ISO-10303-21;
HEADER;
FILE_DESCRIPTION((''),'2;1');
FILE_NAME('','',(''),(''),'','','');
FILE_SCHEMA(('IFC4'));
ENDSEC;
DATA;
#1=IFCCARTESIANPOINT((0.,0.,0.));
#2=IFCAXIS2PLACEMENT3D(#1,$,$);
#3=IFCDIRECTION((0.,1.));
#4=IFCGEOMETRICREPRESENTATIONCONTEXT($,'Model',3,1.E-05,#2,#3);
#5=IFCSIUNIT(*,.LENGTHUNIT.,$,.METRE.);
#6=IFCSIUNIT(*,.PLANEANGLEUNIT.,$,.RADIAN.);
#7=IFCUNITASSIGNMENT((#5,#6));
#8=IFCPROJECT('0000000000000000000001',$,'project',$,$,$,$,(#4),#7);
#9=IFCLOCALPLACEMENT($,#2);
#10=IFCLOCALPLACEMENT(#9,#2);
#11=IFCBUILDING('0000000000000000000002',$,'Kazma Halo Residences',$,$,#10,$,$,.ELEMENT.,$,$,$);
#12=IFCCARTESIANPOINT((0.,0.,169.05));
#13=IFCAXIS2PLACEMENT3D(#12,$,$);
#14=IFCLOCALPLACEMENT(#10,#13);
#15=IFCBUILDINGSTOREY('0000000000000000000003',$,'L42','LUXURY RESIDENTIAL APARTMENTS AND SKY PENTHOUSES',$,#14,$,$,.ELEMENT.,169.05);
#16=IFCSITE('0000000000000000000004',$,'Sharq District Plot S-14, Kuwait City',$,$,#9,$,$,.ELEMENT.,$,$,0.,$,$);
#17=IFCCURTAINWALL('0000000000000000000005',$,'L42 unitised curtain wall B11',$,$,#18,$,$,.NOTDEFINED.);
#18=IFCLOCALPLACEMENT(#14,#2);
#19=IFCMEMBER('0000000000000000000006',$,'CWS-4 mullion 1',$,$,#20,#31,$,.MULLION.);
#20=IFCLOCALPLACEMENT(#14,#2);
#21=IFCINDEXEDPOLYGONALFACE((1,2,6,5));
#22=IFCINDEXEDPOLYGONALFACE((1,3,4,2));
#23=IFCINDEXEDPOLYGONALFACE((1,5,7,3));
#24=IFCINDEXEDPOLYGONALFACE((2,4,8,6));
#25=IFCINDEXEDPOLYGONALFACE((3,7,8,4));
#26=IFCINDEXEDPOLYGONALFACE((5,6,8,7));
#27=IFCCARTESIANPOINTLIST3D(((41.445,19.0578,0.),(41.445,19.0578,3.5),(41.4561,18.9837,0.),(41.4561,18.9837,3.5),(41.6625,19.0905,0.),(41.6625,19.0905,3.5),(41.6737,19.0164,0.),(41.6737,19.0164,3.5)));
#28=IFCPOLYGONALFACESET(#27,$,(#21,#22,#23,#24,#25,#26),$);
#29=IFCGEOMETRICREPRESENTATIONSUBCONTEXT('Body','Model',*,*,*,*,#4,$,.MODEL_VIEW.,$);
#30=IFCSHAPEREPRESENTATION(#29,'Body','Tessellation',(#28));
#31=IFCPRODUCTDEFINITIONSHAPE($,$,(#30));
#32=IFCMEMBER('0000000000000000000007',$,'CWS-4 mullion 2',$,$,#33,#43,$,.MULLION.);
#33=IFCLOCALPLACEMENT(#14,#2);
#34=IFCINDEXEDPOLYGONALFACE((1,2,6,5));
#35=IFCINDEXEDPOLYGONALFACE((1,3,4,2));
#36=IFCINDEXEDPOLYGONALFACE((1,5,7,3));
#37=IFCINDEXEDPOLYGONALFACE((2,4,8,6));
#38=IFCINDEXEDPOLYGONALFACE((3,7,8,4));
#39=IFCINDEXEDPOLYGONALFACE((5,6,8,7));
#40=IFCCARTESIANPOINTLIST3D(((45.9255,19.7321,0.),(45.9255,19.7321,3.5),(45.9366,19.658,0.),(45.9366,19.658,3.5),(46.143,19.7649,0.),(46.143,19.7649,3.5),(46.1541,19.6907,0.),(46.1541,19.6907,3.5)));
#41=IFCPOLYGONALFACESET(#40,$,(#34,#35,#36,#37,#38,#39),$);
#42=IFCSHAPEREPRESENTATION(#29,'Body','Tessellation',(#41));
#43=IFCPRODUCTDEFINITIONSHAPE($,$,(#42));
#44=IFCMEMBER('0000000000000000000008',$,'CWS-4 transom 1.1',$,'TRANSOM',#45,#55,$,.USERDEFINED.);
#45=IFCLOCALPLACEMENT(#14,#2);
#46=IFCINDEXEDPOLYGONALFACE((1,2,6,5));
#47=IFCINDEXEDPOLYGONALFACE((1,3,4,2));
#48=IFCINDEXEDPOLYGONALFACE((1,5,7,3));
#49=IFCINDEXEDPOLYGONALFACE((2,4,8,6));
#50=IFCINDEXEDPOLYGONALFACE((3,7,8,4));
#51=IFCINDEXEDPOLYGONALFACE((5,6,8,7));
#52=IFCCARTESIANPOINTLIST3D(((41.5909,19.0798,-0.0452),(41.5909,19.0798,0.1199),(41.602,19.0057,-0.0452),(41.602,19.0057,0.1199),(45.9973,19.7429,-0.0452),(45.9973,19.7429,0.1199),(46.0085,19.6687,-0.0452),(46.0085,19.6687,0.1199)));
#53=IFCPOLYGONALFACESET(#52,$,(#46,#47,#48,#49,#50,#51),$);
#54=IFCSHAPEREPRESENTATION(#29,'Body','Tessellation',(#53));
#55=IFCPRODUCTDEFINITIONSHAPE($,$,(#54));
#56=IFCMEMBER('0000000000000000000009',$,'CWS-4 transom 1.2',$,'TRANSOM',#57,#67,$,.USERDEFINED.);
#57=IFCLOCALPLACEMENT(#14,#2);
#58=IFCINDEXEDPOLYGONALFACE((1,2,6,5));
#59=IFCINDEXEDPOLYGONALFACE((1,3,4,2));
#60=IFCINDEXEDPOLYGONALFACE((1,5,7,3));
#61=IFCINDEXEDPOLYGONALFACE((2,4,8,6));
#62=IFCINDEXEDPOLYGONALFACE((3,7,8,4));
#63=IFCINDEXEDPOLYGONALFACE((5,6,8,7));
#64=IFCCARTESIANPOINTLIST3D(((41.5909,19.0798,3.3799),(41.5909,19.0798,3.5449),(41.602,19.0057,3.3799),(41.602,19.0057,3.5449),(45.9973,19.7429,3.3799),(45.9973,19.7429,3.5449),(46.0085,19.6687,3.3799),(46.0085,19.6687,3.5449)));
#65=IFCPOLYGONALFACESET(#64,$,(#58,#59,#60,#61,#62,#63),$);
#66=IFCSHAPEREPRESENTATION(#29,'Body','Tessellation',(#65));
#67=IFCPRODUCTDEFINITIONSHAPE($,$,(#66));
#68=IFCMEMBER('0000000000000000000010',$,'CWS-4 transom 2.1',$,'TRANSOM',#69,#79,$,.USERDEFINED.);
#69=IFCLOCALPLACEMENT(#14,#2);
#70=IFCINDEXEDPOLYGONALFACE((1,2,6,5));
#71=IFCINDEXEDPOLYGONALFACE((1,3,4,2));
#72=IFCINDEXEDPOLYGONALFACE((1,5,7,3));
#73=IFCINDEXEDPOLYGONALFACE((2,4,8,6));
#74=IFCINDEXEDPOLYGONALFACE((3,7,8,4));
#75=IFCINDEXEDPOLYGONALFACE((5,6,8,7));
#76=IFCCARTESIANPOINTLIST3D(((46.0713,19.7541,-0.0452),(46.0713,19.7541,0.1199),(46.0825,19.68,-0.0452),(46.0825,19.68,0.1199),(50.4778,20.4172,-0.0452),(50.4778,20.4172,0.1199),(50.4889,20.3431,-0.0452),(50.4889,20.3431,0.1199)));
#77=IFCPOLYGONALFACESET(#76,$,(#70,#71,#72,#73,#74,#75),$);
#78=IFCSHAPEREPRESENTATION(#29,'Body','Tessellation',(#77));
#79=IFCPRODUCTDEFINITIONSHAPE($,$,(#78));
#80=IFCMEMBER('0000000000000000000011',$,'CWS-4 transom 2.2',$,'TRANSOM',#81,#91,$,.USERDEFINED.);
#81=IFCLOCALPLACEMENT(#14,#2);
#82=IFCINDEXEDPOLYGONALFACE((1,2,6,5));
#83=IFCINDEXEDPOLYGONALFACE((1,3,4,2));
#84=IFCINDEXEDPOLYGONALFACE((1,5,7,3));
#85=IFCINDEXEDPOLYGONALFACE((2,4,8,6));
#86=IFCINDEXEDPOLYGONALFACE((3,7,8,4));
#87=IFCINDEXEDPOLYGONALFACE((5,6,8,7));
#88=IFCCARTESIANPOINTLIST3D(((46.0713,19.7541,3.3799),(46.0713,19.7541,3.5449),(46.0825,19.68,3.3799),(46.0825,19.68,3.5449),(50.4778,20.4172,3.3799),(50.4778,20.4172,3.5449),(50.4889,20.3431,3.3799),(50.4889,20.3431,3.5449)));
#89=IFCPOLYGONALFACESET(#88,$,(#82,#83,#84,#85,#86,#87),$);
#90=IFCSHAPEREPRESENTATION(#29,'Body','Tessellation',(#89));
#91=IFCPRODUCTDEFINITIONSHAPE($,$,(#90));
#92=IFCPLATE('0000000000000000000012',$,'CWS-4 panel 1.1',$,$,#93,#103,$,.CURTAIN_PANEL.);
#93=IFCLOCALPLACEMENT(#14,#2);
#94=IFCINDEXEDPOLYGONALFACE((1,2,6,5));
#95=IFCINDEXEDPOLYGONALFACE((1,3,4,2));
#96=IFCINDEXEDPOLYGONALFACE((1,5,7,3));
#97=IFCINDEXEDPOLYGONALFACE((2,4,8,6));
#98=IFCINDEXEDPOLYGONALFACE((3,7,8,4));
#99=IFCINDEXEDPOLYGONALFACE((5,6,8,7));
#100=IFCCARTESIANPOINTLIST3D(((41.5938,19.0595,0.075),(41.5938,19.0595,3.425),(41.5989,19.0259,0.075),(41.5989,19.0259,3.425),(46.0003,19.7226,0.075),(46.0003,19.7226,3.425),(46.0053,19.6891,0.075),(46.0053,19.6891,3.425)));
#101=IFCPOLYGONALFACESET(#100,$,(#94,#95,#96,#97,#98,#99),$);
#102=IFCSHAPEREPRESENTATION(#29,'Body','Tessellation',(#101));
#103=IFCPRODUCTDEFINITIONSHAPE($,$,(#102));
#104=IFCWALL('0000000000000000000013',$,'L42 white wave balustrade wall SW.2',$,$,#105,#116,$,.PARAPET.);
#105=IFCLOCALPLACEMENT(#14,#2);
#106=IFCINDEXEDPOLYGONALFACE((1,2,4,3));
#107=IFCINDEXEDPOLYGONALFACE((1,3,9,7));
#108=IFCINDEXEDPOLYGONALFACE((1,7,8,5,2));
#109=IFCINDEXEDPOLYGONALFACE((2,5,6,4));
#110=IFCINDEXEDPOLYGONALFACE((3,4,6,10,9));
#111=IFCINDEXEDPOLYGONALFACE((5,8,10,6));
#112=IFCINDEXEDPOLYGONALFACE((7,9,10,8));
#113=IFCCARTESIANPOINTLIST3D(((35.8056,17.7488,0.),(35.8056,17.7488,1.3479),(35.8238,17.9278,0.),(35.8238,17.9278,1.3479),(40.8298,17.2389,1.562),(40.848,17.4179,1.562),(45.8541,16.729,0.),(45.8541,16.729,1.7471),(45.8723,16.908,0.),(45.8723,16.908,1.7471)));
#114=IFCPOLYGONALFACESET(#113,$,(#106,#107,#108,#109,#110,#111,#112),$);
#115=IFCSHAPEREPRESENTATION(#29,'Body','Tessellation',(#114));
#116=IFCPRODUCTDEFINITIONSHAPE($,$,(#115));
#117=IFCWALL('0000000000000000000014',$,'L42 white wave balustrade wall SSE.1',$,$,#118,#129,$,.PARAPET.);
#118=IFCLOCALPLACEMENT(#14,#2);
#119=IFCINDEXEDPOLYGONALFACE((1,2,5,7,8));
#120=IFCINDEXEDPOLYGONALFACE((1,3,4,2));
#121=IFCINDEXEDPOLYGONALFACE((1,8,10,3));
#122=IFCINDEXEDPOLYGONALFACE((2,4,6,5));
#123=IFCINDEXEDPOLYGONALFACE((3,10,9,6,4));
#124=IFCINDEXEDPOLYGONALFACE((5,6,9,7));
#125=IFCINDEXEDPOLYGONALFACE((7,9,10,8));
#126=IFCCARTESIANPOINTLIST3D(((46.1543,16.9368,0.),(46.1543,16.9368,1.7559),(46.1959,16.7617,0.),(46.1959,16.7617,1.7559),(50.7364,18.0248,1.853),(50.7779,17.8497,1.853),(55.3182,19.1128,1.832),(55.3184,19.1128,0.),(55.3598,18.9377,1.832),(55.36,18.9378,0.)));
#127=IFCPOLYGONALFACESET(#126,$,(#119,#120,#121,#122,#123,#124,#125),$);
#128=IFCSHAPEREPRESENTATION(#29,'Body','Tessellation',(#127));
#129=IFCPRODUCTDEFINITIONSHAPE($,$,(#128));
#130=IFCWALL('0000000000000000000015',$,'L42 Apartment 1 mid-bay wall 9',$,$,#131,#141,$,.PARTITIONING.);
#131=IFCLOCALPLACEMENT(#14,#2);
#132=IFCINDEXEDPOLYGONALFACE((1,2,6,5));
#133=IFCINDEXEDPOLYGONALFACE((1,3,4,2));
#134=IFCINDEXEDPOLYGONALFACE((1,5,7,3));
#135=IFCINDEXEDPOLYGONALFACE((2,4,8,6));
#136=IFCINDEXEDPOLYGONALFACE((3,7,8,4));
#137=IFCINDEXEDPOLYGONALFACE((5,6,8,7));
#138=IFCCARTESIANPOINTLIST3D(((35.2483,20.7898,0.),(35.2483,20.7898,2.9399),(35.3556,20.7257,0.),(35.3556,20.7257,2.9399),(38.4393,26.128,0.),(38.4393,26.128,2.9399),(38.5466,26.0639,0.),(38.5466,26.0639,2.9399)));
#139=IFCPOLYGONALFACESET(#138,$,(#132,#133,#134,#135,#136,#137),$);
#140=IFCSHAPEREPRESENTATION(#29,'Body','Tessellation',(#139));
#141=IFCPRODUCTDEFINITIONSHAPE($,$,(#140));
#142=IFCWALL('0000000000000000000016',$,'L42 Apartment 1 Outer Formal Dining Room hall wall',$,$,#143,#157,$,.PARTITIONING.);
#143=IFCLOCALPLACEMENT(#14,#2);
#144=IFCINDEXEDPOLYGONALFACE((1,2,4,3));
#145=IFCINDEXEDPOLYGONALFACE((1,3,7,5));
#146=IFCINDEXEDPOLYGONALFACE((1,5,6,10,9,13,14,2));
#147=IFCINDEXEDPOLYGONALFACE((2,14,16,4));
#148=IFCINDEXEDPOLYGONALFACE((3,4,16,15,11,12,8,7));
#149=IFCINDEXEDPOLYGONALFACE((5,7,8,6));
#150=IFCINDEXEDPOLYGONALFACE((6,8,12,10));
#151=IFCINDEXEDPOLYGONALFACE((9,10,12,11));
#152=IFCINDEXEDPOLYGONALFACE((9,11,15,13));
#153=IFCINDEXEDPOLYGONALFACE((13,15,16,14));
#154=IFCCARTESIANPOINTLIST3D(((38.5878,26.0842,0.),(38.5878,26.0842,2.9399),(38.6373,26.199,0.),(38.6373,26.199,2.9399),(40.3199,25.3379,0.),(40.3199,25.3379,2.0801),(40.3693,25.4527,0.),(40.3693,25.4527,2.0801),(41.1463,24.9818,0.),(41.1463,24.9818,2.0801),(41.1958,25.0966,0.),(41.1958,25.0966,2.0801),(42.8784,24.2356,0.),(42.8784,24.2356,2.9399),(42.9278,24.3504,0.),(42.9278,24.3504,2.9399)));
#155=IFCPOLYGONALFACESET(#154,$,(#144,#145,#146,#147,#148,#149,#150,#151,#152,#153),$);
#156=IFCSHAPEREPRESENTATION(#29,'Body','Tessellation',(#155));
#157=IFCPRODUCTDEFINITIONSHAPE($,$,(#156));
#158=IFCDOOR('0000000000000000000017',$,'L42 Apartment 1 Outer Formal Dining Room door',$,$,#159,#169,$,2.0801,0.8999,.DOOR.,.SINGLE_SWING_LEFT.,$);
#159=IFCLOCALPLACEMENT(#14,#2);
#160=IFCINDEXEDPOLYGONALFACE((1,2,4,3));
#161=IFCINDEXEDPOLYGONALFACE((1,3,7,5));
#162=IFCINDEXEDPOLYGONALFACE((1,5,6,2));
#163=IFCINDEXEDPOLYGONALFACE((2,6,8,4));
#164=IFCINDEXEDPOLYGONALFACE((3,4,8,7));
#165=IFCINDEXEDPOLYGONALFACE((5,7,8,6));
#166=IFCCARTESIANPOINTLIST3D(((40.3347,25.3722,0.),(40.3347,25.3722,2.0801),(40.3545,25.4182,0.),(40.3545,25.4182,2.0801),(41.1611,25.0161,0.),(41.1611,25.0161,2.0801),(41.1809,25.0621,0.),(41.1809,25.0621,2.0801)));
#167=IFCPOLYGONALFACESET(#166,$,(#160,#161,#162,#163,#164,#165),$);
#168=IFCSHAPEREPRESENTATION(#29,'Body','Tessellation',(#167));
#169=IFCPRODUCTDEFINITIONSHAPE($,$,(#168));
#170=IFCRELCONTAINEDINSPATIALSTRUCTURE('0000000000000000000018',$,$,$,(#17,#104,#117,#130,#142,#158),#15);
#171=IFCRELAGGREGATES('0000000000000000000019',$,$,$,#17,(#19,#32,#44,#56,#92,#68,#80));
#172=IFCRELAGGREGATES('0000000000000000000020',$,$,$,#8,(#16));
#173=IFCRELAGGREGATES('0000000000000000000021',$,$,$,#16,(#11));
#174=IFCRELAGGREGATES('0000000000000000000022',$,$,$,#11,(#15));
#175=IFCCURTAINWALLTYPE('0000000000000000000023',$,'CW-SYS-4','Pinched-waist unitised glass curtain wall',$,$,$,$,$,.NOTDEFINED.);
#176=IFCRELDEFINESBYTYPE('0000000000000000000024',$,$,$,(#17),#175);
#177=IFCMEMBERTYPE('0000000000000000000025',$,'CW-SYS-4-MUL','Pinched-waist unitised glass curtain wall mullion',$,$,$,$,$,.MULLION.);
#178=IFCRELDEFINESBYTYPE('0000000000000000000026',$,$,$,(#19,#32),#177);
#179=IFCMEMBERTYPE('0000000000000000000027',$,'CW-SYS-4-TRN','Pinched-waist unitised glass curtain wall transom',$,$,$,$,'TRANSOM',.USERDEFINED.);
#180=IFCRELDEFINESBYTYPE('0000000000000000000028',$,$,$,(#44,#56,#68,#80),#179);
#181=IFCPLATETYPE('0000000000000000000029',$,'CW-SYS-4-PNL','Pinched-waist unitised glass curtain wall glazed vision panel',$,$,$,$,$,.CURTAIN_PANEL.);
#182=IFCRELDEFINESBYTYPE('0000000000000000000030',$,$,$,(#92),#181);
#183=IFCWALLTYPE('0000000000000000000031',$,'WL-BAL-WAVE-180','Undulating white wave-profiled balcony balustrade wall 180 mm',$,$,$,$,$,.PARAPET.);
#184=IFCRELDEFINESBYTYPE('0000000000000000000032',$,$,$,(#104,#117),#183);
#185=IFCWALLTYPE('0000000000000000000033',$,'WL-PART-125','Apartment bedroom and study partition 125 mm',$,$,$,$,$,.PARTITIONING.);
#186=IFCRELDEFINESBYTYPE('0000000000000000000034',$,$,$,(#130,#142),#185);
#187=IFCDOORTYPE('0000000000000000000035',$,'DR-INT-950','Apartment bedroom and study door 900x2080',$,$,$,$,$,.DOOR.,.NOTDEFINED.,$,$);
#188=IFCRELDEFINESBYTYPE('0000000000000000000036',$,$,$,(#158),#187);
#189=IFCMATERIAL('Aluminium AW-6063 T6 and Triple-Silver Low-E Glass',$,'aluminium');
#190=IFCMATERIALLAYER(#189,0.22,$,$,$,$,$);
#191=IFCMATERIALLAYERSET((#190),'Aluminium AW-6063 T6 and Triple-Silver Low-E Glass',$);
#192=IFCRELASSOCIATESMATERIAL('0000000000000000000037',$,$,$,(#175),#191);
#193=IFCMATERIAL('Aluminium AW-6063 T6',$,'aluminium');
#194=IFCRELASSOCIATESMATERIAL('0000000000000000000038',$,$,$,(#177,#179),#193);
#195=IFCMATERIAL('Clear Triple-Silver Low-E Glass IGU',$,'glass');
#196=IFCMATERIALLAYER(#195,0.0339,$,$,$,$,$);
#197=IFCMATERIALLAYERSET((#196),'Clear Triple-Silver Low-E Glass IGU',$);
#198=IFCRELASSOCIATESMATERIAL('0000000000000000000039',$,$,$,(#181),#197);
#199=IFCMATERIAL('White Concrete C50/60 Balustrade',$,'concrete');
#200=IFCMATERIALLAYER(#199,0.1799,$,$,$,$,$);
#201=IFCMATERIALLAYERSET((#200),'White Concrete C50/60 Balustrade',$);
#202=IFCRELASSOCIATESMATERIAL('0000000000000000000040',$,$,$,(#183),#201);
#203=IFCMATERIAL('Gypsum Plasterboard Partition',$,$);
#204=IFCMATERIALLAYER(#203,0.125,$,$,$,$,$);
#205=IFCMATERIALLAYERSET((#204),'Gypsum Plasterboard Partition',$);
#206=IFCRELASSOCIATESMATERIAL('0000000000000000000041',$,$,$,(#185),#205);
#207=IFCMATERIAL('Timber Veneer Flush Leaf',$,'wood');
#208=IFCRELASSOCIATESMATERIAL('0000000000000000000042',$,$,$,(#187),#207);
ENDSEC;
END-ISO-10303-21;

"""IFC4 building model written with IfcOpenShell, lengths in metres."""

from ifc_helpers import new_model, si_unit, direction, frame, frame_2d, origin, origin_2d, place, context, subcontext, project, spatial, polyline, rectangle, outline, extrude, material, layer, layer_set, material_profile, profile_set, type_object, element, fill, aggregate, save


model = new_model("IFC4")

# Units and contexts
model_context = context("Model", 3, precision=1e-05, world=origin(), true_north=direction((0.0, 1.0)))
body_context = subcontext(model_context, "Body", "Model", "MODEL_VIEW")
ifc_project = project(units=[si_unit("LENGTHUNIT", "METRE"), si_unit("PLANEANGLEUNIT", "RADIAN")], contexts=[model_context])

# Site, building, storey
site_placement = place(None, origin())
site = spatial("IfcSite", under=ifc_project, at=site_placement, Name="Sharq District Plot S-14, Kuwait City", CompositionType="ELEMENT", RefElevation=0.0)
building_placement = place(site_placement, origin())
building = spatial("IfcBuilding", under=site, at=building_placement, Name="Kazma Halo Residences", CompositionType="ELEMENT")
storey_placement = place(building_placement, frame((0.0, 0.0, 169.05)))
storey = spatial("IfcBuildingStorey", under=building, at=storey_placement, Name="L42", Description="LUXURY RESIDENTIAL APARTMENTS AND SKY PENTHOUSES", CompositionType="ELEMENT", Elevation=169.05)

# Curtain wall, members, plate
ifc_material_1 = material(Name="Aluminium AW-6063 T6 and Triple-Silver Low-E Glass", Category="aluminium")
ifc_layer_1 = layer(ifc_material_1, 0.22)
ifc_layer_set_1 = layer_set([ifc_layer_1], Name="Aluminium AW-6063 T6 and Triple-Silver Low-E Glass")
curtain_wall_type = type_object("IfcCurtainWallType", Name="CW-SYS-4", Description="Pinched-waist unitised glass curtain wall", PredefinedType="NOTDEFINED", material=ifc_layer_set_1)
curtain_wall_placement = place(storey_placement, origin())
curtain_wall = element("IfcCurtainWall", 1, at=curtain_wall_placement, inside=storey, type_object=curtain_wall_type, Name="L42 unitised curtain wall B11", PredefinedType="NOTDEFINED")
ifc_material_2 = material(Name="Aluminium AW-6063 T6", Category="aluminium")
ifc_material_profile_1 = material_profile(ifc_material_2, rectangle(XDim=0.075, YDim=0.22, at=origin_2d()), Name="CWM-75x220")
ifc_profile_set_1 = profile_set([ifc_material_profile_1], Name="Aluminium AW-6063 T6")
member_type_1 = type_object("IfcMemberType", Name="CW-SYS-4-MUL", Description="Pinched-waist unitised glass curtain wall mullion", PredefinedType="MULLION", material=ifc_profile_set_1)
member_1_placement = place(storey_placement, frame((41.5593, 19.0371, 0.0), z_axis=(0.0, 0.0, 1.0), x_axis=(-0.148821, 0.988864, 0.0)))
member_1 = element("IfcMember", 2, at=member_1_placement, type_object=member_type_1, Name="CWS-4 mullion 1", PredefinedType="MULLION", context=body_context, shape_type="SweptSolid", body=[
    extrude(rectangle(XDim=0.075, YDim=0.22, at=origin_2d()), origin(), (0.0, 0.0, 1.0), 3.5),
])
member_2_placement = place(storey_placement, frame((46.0398, 19.7114, 0.0), z_axis=(0.0, 0.0, 1.0), x_axis=(-0.148821, 0.988864, 0.0)))
member_2 = element("IfcMember", 3, at=member_2_placement, type_object=member_type_1, Name="CWS-4 mullion 2", PredefinedType="MULLION", context=body_context, shape_type="SweptSolid", body=[
    extrude(rectangle(XDim=0.075, YDim=0.22, at=origin_2d()), origin(), (0.0, 0.0, 1.0), 3.5),
])
ifc_material_profile_2 = material_profile(ifc_material_2, rectangle(XDim=0.075, YDim=0.165, at=origin_2d()), Name="CWT-75x165")
ifc_profile_set_2 = profile_set([ifc_material_profile_2], Name="Aluminium AW-6063 T6")
member_type_2 = type_object("IfcMemberType", Name="CW-SYS-4-TRN", Description="Pinched-waist unitised glass curtain wall transom", ElementType="TRANSOM", PredefinedType="USERDEFINED", material=ifc_profile_set_2)
member_3_placement = place(storey_placement, frame((41.5964, 19.0427, 0.0374), z_axis=(0.988867, 0.148804, 0.0), x_axis=(-0.148804, 0.988867, 0.0)))
member_3 = element("IfcMember", 4, at=member_3_placement, type_object=member_type_2, Name="CWS-4 transom 1.1", ObjectType="TRANSOM", PredefinedType="USERDEFINED", context=body_context, shape_type="SweptSolid", body=[
    extrude(rectangle(XDim=0.075, YDim=0.165, at=origin_2d()), origin(), (0.0, 0.0, 1.0), 4.4561),
])
member_4_placement = place(storey_placement, frame((41.5964, 19.0427, 3.4624), z_axis=(0.988867, 0.148804, 0.0), x_axis=(-0.148804, 0.988867, 0.0)))
member_4 = element("IfcMember", 5, at=member_4_placement, type_object=member_type_2, Name="CWS-4 transom 1.2", ObjectType="TRANSOM", PredefinedType="USERDEFINED", context=body_context, shape_type="SweptSolid", body=[
    extrude(rectangle(XDim=0.075, YDim=0.165, at=origin_2d()), origin(), (0.0, 0.0, 1.0), 4.4561),
])
member_5_placement = place(storey_placement, frame((46.0769, 19.717, 0.0374), z_axis=(0.988867, 0.148804, 0.0), x_axis=(-0.148804, 0.988867, 0.0)))
member_5 = element("IfcMember", 6, at=member_5_placement, type_object=member_type_2, Name="CWS-4 transom 2.1", ObjectType="TRANSOM", PredefinedType="USERDEFINED", context=body_context, shape_type="SweptSolid", body=[
    extrude(rectangle(XDim=0.075, YDim=0.165, at=origin_2d()), origin(), (0.0, 0.0, 1.0), 4.4561),
])
member_6_placement = place(storey_placement, frame((46.0769, 19.717, 3.4624), z_axis=(0.988867, 0.148804, 0.0), x_axis=(-0.148804, 0.988867, 0.0)))
member_6 = element("IfcMember", 7, at=member_6_placement, type_object=member_type_2, Name="CWS-4 transom 2.2", ObjectType="TRANSOM", PredefinedType="USERDEFINED", context=body_context, shape_type="SweptSolid", body=[
    extrude(rectangle(XDim=0.075, YDim=0.165, at=origin_2d()), origin(), (0.0, 0.0, 1.0), 4.4561),
])
ifc_material_3 = material(Name="Clear Triple-Silver Low-E Glass IGU", Category="glass")
ifc_layer_2 = layer(ifc_material_3, 0.0339)
ifc_layer_set_2 = layer_set([ifc_layer_2], Name="Clear Triple-Silver Low-E Glass IGU")
plate_type = type_object("IfcPlateType", Name="CW-SYS-4-PNL", Description="Pinched-waist unitised glass curtain wall glazed vision panel", PredefinedType="CURTAIN_PANEL", material=ifc_layer_set_2)
plate_placement = place(storey_placement, frame((43.7996, 19.3743, 0.075), z_axis=(0.0, 0.0, 1.0), x_axis=(0.988864, 0.148821, 0.0)))
plate = element("IfcPlate", 8, at=plate_placement, type_object=plate_type, Name="CWS-4 panel 1.1", PredefinedType="CURTAIN_PANEL", context=body_context, shape_type="SweptSolid", body=[
    extrude(rectangle(XDim=4.4561, YDim=0.0339, at=origin_2d()), origin(), (0.0, 0.0, 1.0), 3.3501),
])
aggregate(curtain_wall, [member_1, member_2, member_3, member_4, plate, member_5, member_6])

# Walls
ifc_material_4 = material(Name="White Concrete C50/60 Balustrade", Category="concrete")
ifc_layer_3 = layer(ifc_material_4, 0.1799)
ifc_layer_set_3 = layer_set([ifc_layer_3], Name="White Concrete C50/60 Balustrade")
wall_type_1 = type_object("IfcWallType", Name="WL-BAL-WAVE-180", Description="Undulating white wave-profiled balcony balustrade wall 180 mm", PredefinedType="PARAPET", material=ifc_layer_set_3)
wall_1_placement = place(storey_placement, frame((35.8147, 17.8384, 0.0), z_axis=(0.0, 0.0, 1.0), x_axis=(0.99489, -0.100966, 0.0)))
element("IfcWall", 9, at=wall_1_placement, inside=storey, type_object=wall_type_1, Name="L42 white wave balustrade wall SW.2", PredefinedType="PARAPET", context=body_context, shape_type="SweptSolid", body=[
    extrude(outline(polyline([(0.0, 0.0), (10.1001, 0.0), (10.1001, 1.7471), (5.05, 1.562), (0.0, 1.3479), (0.0, 0.0)])), frame((0.0, 0.0898, 0.0), z_axis=(0.0, -1.0, 0.0), x_axis=(1.0, 0.0, 0.0)), (0.0, 0.0, 1.0), 0.1799),
])
wall_2_placement = place(storey_placement, frame((46.175, 16.8494, 0.0), z_axis=(0.0, 0.0, 1.0), x_axis=(0.972947, 0.231028, 0.0)))
element("IfcWall", 10, at=wall_2_placement, inside=storey, type_object=wall_type_1, Name="L42 white wave balustrade wall SSE.1", PredefinedType="PARAPET", context=body_context, shape_type="SweptSolid", body=[
    extrude(outline(polyline([(0.0, 0.0), (9.4189, 0.0), (9.4187, 1.832), (4.7095, 1.853), (0.0, 1.7559), (0.0, 0.0)])), frame((0.0, 0.0898, 0.0), z_axis=(0.0, -1.0, 0.0), x_axis=(1.0, 0.0, 0.0)), (0.0, 0.0, 1.0), 0.1799),
])
ifc_material_5 = material(Name="Gypsum Plasterboard Partition")
ifc_layer_4 = layer(ifc_material_5, 0.125)
ifc_layer_set_4 = layer_set([ifc_layer_4], Name="Gypsum Plasterboard Partition")
wall_type_2 = type_object("IfcWallType", Name="WL-PART-125", Description="Apartment bedroom and study partition 125 mm", PredefinedType="PARTITIONING", material=ifc_layer_set_4)
wall_3_placement = place(storey_placement, frame((38.4929, 26.0959, 0.0), z_axis=(0.0, 0.0, 1.0), x_axis=(-0.513081, -0.85834, 0.0)))
element("IfcWall", 11, at=wall_3_placement, inside=storey, type_object=wall_type_2, Name="L42 Apartment 1 mid-bay wall 9", PredefinedType="PARTITIONING", context=body_context, shape_type="SweptSolid", body=[
    extrude(rectangle(XDim=6.2192, YDim=0.125, at=frame_2d((3.1096, 0.0))), origin(), (0.0, 0.0, 1.0), 2.9399),
])

# Wall, opening, door
wall_4_placement = place(storey_placement, frame((38.6125, 26.1416, 0.0), z_axis=(0.0, 0.0, 1.0), x_axis=(0.918381, -0.395697, 0.0)))
wall_4 = element("IfcWall", 12, at=wall_4_placement, inside=storey, type_object=wall_type_2, Name="L42 Apartment 1 Outer Formal Dining Room hall wall", PredefinedType="PARTITIONING", context=body_context, shape_type="SweptSolid", body=[
    extrude(rectangle(XDim=4.6719, YDim=0.125, at=frame_2d((2.3359, 0.0))), origin(), (0.0, 0.0, 1.0), 2.9399),
])
opening_1_placement = place(wall_4_placement, frame((1.886, 0.0, 0.0)))
opening_1 = element("IfcOpeningElement", 13, at=opening_1_placement, cuts=wall_4, PredefinedType="OPENING", context=body_context, shape_type="SweptSolid", body=[
    extrude(rectangle(XDim=0.8999, YDim=2.0801, at=frame_2d((0.45, 1.04))), frame((0.0, 0.0725, 0.0), z_axis=(0.0, -1.0, 0.0), x_axis=(1.0, 0.0, 0.0)), (0.0, 0.0, 1.0), 0.145),
])
ifc_material_6 = material(Name="Timber Veneer Flush Leaf", Category="wood")
door_type_1 = type_object("IfcDoorType", Name="DR-INT-950", Description="Apartment bedroom and study door 900x2080", OperationType="NOTDEFINED", PredefinedType="DOOR", material=ifc_material_6)
door_1_placement = place(opening_1_placement, origin())
door_1 = element("IfcDoor", 14, at=door_1_placement, inside=storey, type_object=door_type_1, Name="L42 Apartment 1 Outer Formal Dining Room door", OperationType="SINGLE_SWING_LEFT", OverallHeight=2.0801, OverallWidth=0.8999, PredefinedType="DOOR", context=body_context, shape_type="SweptSolid", body=[
    extrude(rectangle(XDim=0.8999, YDim=2.0801, at=frame_2d((0.45, 1.04))), frame((0.0, 0.0249, 0.0), z_axis=(0.0, -1.0, 0.0), x_axis=(1.0, 0.0, 0.0)), (0.0, 0.0, 1.0), 0.05),
])
fill(opening_1, door_1)

save(model, "model.ifc")
